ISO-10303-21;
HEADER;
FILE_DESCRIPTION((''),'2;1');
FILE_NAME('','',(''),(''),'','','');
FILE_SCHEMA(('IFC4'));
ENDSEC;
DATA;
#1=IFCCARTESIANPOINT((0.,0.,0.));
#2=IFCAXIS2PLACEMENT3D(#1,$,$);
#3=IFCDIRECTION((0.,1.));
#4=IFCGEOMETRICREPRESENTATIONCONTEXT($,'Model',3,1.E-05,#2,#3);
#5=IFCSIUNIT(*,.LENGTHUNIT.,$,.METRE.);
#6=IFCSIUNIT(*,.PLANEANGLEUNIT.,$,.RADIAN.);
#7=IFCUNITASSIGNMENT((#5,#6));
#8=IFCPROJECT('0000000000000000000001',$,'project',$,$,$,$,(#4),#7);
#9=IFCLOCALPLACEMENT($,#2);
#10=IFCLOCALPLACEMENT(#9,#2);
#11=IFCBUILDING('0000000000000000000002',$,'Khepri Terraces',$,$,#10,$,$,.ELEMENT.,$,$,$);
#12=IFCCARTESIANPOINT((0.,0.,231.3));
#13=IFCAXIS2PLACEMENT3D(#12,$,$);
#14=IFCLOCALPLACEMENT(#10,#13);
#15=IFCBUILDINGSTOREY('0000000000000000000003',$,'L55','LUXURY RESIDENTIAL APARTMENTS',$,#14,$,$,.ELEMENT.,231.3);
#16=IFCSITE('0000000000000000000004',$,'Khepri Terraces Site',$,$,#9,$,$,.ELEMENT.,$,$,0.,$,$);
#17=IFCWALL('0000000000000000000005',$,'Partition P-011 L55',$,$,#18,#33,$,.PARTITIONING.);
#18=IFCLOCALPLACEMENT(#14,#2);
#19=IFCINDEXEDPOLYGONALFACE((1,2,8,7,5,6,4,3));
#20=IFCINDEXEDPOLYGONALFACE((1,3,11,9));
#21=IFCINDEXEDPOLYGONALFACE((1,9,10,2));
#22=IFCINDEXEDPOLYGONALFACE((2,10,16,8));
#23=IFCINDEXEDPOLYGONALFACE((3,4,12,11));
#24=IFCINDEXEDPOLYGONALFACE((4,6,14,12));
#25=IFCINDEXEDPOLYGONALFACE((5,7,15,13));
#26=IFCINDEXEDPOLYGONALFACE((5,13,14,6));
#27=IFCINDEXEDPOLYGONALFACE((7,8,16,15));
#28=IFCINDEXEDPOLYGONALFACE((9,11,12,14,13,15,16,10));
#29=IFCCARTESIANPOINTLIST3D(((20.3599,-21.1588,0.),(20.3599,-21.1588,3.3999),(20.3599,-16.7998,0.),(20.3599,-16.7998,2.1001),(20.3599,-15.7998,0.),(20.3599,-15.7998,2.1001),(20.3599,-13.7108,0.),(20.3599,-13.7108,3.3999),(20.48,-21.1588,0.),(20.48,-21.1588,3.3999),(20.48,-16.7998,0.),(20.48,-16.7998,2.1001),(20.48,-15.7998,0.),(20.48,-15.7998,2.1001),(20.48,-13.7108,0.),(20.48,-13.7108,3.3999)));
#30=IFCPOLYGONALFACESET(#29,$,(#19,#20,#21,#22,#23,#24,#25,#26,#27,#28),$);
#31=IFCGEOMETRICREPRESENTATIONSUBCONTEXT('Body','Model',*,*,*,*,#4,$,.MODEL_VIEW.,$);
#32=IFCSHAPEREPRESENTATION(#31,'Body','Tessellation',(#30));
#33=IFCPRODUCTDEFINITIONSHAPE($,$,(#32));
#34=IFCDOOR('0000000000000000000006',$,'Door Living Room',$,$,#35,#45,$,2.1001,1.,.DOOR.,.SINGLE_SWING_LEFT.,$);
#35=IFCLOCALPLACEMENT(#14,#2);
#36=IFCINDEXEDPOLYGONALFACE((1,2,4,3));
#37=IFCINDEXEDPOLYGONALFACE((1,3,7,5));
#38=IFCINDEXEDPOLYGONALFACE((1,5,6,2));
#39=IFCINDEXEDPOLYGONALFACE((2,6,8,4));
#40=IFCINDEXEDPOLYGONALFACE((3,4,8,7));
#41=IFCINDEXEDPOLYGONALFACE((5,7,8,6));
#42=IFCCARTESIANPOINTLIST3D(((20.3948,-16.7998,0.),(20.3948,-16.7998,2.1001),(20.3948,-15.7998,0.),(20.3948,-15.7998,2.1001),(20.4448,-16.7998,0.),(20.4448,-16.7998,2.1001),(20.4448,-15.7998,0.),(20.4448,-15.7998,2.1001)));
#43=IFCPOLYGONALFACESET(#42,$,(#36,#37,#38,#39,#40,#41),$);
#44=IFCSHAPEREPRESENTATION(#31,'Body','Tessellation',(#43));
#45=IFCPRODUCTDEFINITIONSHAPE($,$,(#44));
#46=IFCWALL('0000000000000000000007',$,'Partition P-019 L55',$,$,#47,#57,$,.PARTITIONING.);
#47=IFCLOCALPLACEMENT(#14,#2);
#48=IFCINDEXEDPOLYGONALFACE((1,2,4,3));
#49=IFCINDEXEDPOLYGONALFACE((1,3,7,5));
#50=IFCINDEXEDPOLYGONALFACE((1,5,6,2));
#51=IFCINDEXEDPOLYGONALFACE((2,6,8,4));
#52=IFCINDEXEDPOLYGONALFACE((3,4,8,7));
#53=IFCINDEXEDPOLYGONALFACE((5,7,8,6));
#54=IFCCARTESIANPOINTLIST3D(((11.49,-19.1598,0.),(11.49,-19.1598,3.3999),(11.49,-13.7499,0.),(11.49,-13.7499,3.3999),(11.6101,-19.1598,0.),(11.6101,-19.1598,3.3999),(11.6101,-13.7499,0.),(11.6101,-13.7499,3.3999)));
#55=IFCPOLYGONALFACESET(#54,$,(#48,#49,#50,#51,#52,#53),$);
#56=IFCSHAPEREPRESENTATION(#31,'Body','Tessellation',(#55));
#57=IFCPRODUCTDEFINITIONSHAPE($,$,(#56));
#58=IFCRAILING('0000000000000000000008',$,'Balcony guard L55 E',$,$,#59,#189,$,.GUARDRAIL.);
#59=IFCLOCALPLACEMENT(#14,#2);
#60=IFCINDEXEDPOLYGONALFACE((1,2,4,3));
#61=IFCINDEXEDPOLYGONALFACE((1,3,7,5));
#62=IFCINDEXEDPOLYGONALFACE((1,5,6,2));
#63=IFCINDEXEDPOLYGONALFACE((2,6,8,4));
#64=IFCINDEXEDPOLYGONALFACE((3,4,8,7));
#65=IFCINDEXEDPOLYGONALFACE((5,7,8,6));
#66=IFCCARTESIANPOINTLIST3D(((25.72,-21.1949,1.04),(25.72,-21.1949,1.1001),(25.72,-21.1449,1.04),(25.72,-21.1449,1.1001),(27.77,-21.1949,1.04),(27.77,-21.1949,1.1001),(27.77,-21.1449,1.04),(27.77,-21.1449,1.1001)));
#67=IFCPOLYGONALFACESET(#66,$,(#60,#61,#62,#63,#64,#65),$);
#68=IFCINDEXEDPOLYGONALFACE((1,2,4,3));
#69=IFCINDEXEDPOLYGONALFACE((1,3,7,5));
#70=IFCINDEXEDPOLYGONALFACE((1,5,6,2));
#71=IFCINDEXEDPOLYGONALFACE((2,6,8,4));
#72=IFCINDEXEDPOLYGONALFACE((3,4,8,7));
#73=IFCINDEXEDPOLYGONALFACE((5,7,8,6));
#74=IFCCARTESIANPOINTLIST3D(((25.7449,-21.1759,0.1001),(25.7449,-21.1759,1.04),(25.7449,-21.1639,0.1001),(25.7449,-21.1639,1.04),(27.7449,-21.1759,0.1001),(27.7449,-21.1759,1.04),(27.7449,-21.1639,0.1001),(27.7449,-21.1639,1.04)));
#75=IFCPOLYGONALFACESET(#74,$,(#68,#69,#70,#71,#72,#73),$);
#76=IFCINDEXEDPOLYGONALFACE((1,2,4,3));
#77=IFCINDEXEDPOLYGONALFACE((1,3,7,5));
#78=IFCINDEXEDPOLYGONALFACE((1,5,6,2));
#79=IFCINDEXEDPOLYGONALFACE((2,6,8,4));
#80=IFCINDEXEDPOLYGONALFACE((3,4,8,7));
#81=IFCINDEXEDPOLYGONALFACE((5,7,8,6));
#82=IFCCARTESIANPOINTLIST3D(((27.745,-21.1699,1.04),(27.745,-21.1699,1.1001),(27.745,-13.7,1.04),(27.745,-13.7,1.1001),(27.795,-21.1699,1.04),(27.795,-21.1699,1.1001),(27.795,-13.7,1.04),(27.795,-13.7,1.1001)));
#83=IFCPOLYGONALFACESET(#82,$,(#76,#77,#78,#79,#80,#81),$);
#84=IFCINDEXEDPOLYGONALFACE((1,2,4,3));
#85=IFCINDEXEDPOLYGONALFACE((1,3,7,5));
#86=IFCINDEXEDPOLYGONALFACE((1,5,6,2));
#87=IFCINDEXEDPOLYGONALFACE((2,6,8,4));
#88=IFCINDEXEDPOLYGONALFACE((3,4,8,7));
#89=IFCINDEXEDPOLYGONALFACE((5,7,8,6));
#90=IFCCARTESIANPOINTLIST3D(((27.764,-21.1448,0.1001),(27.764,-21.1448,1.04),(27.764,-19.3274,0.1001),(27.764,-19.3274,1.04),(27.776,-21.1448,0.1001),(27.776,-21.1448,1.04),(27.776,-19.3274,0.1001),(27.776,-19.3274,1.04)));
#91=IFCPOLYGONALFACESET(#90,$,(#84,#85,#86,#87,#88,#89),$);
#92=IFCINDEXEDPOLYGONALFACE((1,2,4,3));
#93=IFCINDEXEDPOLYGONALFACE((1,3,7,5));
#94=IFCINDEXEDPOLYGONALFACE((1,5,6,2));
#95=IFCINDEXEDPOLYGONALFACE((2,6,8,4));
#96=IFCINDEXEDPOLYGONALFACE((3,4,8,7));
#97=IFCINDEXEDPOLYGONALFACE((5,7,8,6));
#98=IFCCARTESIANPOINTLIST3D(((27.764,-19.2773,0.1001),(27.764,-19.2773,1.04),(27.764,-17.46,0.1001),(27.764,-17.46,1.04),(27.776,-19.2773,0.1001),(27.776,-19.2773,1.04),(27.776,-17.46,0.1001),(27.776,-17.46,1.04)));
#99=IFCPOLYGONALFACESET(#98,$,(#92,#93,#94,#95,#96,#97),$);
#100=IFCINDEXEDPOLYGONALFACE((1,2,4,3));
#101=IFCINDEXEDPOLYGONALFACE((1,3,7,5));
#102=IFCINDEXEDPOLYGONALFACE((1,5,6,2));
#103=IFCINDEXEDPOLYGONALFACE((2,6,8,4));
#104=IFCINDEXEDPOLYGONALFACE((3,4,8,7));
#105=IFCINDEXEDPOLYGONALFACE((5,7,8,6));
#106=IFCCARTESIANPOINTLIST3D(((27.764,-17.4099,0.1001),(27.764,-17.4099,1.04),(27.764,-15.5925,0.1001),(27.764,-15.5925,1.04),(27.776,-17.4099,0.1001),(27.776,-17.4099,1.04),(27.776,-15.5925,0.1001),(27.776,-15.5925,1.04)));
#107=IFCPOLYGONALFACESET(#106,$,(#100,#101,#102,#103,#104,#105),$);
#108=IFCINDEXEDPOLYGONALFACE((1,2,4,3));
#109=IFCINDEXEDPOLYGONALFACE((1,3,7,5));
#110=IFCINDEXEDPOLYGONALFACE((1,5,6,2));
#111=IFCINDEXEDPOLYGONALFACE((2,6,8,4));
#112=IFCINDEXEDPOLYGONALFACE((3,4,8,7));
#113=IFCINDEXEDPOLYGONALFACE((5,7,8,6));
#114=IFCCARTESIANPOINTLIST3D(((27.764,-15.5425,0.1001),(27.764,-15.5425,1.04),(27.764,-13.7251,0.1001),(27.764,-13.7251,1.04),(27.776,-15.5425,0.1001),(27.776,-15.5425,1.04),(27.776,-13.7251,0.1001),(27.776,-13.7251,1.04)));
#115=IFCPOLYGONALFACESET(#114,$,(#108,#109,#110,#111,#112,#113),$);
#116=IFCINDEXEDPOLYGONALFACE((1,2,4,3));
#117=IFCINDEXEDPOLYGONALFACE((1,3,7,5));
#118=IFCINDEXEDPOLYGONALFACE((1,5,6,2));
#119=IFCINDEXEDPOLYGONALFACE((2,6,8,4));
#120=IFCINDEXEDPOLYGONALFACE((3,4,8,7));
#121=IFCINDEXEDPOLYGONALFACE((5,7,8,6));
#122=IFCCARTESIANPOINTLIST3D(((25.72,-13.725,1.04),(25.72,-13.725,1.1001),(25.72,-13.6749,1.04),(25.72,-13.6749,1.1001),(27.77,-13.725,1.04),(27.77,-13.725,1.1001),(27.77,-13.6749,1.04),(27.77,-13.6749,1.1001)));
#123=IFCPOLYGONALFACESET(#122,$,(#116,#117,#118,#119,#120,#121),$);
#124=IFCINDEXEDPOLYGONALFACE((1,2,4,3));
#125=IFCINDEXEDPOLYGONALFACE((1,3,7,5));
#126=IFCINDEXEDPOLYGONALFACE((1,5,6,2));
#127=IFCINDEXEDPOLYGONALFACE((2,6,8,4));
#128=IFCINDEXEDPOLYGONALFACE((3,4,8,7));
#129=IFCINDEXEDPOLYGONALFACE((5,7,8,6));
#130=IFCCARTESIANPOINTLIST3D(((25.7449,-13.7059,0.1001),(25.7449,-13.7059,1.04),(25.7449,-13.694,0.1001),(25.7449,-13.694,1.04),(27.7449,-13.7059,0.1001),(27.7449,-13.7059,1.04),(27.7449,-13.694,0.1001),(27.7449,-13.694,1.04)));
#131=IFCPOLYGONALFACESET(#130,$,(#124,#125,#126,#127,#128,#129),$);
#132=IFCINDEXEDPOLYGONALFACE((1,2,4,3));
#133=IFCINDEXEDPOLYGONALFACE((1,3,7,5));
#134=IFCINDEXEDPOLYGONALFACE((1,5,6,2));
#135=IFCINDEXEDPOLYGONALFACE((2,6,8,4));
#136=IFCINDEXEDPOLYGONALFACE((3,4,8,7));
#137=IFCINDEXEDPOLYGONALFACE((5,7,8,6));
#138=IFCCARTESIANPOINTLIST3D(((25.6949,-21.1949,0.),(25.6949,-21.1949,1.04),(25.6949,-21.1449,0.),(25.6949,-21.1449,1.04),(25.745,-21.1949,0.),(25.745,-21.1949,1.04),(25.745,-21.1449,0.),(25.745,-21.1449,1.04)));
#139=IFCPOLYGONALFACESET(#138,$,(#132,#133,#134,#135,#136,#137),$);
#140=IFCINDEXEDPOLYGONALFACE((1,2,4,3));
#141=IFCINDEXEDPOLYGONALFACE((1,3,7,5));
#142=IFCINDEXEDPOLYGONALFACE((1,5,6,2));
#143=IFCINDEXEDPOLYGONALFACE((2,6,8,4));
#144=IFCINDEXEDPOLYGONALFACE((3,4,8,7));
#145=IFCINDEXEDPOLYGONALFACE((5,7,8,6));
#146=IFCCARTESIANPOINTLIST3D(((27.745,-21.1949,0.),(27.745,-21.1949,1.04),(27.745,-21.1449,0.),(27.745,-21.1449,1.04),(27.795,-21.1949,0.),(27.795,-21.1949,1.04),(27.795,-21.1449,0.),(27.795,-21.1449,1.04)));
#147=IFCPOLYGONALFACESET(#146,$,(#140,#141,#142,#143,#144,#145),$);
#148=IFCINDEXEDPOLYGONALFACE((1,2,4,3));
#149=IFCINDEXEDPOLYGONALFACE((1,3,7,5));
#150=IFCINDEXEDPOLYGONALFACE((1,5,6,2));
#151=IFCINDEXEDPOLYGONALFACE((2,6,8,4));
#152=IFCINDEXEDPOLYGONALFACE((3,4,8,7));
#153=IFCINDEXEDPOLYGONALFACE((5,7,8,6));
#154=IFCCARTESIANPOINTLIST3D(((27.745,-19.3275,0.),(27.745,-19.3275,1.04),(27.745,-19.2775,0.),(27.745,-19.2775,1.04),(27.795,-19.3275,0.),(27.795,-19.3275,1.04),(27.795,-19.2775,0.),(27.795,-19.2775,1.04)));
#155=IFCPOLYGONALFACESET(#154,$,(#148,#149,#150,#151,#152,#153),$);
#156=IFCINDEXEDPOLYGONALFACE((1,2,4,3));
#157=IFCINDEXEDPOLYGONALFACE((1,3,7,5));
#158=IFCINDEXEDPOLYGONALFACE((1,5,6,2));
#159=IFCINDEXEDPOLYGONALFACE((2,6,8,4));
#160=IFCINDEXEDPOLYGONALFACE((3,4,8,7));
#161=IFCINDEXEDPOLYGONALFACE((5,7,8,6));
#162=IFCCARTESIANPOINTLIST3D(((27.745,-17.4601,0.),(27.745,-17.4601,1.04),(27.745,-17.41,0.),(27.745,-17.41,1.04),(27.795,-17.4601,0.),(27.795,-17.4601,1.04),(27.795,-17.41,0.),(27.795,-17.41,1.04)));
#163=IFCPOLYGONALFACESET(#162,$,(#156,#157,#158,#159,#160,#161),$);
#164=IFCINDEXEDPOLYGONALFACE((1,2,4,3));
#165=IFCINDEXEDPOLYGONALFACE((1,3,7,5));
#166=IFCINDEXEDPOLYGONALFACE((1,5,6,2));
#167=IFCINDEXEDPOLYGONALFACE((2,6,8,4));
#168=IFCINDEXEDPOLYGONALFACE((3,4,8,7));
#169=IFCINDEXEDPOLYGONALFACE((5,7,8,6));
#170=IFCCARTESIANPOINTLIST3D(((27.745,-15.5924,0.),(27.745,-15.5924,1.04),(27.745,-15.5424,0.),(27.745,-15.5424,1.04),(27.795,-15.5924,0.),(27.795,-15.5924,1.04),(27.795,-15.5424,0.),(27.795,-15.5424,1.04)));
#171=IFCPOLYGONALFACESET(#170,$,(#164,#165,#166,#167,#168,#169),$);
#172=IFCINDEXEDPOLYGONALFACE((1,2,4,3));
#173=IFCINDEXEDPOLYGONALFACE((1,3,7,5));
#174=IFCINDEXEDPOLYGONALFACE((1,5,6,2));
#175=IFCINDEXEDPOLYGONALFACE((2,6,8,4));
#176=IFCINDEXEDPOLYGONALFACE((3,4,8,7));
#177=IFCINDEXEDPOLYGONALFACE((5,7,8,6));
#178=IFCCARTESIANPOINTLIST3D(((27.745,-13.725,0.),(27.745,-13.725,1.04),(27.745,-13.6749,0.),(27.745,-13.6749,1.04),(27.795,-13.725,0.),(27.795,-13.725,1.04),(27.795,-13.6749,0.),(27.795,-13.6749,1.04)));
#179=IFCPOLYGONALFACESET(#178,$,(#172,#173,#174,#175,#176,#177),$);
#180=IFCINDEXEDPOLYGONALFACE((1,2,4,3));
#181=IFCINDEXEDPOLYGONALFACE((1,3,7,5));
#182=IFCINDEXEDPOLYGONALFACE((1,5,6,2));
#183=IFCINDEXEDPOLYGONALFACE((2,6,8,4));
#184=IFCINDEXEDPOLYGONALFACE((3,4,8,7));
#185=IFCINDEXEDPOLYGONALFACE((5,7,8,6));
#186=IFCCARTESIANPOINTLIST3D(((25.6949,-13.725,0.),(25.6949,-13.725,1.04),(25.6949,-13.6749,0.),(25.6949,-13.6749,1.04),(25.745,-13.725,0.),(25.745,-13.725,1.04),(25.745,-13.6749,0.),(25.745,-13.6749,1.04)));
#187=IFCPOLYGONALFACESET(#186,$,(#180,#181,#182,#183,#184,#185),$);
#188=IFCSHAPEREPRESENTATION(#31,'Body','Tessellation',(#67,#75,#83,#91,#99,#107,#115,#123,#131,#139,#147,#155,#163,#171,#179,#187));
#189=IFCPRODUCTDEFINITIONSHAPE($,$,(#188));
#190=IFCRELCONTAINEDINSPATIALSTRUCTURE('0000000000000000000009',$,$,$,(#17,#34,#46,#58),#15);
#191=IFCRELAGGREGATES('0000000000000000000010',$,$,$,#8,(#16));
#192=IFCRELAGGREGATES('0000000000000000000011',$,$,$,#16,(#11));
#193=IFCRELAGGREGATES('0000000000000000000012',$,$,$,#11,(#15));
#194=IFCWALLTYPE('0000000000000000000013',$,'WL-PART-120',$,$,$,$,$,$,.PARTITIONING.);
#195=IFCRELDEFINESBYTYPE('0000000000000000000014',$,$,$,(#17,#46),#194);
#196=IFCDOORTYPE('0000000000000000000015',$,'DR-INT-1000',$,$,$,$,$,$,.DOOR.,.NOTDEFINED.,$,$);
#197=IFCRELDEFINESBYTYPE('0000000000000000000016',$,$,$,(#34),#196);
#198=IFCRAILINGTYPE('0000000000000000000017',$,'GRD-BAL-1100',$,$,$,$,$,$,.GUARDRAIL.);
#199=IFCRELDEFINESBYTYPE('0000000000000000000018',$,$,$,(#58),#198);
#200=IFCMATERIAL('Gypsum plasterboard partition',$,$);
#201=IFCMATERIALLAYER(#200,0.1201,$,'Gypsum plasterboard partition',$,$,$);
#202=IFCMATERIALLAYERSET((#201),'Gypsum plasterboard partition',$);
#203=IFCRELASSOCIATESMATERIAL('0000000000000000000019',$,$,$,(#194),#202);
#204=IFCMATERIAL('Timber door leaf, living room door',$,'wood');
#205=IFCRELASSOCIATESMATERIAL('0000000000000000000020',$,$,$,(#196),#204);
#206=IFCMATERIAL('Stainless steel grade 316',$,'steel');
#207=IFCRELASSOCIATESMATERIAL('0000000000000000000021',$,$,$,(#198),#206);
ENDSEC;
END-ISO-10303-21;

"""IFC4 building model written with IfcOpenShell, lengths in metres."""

from ifc_helpers import new_model, si_unit, direction, frame, frame_2d, origin, origin_2d, place, context, subcontext, project, spatial, rectangle, extrude, material, layer, layer_set, type_object, element, fill, save


model = new_model("IFC4")

# Units and contexts
model_context = context("Model", 3, precision=1e-05, world=origin(), true_north=direction((0.0, 1.0)))
body_context = subcontext(model_context, "Body", "Model", "MODEL_VIEW")
ifc_project = project(units=[si_unit("LENGTHUNIT", "METRE"), si_unit("PLANEANGLEUNIT", "RADIAN")], contexts=[model_context])

# Site, building, storey
site_placement = place(None, origin())
site = spatial("IfcSite", under=ifc_project, at=site_placement, Name="Khepri Terraces Site", CompositionType="ELEMENT", RefElevation=0.0)
building_placement = place(site_placement, origin())
building = spatial("IfcBuilding", under=site, at=building_placement, Name="Khepri Terraces", CompositionType="ELEMENT")
storey_placement = place(building_placement, frame((0.0, 0.0, 231.3)))
storey = spatial("IfcBuildingStorey", under=building, at=storey_placement, Name="L55", Description="LUXURY RESIDENTIAL APARTMENTS", CompositionType="ELEMENT", Elevation=231.3)

# Shared definitions
ifc_material_1 = material(Name="Gypsum plasterboard partition")
ifc_layer_1 = layer(ifc_material_1, 0.1201, Name="Gypsum plasterboard partition")
ifc_layer_set_1 = layer_set([ifc_layer_1], Name="Gypsum plasterboard partition")
wall_type_1 = type_object("IfcWallType", Name="WL-PART-120", PredefinedType="PARTITIONING", material=ifc_layer_set_1)

# Wall, opening, door
wall_1_placement = place(storey_placement, frame((20.4199, -21.1589, 0.0), z_axis=(0.0, 0.0, 1.0), x_axis=(0.0, 1.0, 0.0)))
wall_1 = element("IfcWall", 1, at=wall_1_placement, inside=storey, type_object=wall_type_1, Name="Partition P-011 L55", PredefinedType="PARTITIONING", context=body_context, shape_type="SweptSolid", body=[
    extrude(rectangle(XDim=7.448, YDim=0.1201, at=frame_2d((3.7241, 0.0))), origin(), (0.0, 0.0, 1.0), 3.3999),
])
opening_1_placement = place(wall_1_placement, frame((4.3591, 0.0, 0.0)))
opening_1 = element("IfcOpeningElement", 2, at=opening_1_placement, cuts=wall_1, PredefinedType="OPENING", context=body_context, shape_type="SweptSolid", body=[
    extrude(rectangle(XDim=1.0, YDim=2.1001, at=frame_2d((0.5, 1.05))), frame((0.0, 0.0701, 0.0), z_axis=(0.0, -1.0, 0.0), x_axis=(1.0, 0.0, 0.0)), (0.0, 0.0, 1.0), 0.1401),
])
ifc_material_2 = material(Name="Timber door leaf, living room door", Category="wood")
door_type_1 = type_object("IfcDoorType", Name="DR-INT-1000", OperationType="NOTDEFINED", PredefinedType="DOOR", material=ifc_material_2)
door_1_placement = place(opening_1_placement, frame((1.0, 0.0, 0.0), z_axis=(0.0, 0.0, 1.0), x_axis=(-1.0, 0.0, 0.0)))
door_1 = element("IfcDoor", 3, at=door_1_placement, inside=storey, type_object=door_type_1, Name="Door Living Room", OperationType="SINGLE_SWING_LEFT", OverallHeight=2.1001, OverallWidth=1.0, PredefinedType="DOOR", context=body_context, shape_type="SweptSolid", body=[
    extrude(rectangle(XDim=1.0, YDim=2.1001, at=frame_2d((0.5, 1.05))), frame((0.0, 0.0249, 0.0), z_axis=(0.0, -1.0, 0.0), x_axis=(1.0, 0.0, 0.0)), (0.0, 0.0, 1.0), 0.05),
])
fill(opening_1, door_1)

# Wall
wall_2_placement = place(storey_placement, frame((11.55, -19.1599, 0.0), z_axis=(0.0, 0.0, 1.0), x_axis=(0.0, 1.0, 0.0)))
element("IfcWall", 4, at=wall_2_placement, inside=storey, type_object=wall_type_1, Name="Partition P-019 L55", PredefinedType="PARTITIONING", context=body_context, shape_type="SweptSolid", body=[
    extrude(rectangle(XDim=5.4099, YDim=0.1201, at=frame_2d((2.7051, 0.0))), origin(), (0.0, 0.0, 1.0), 3.3999),
])

# Railing
ifc_material_3 = material(Name="Stainless steel grade 316", Category="steel")
railing_type = type_object("IfcRailingType", Name="GRD-BAL-1100", PredefinedType="GUARDRAIL", material=ifc_material_3)
railing_placement = place(storey_placement, frame((25.72, -21.1699, 0.0)))
element("IfcRailing", 5, at=railing_placement, inside=storey, type_object=railing_type, Name="Balcony guard L55 E", PredefinedType="GUARDRAIL", context=body_context, shape_type="SweptSolid", body=[
    extrude(rectangle(XDim=0.05, YDim=0.0601, at=origin_2d()), frame((0.0, 0.0, 1.0701), z_axis=(1.0, 0.0, 0.0), x_axis=(0.0, 1.0, 0.0)), (0.0, 0.0, 1.0), 2.05),
    extrude(rectangle(XDim=2.0, YDim=0.012, at=origin_2d()), frame((1.0249, 0.0, 0.1001), z_axis=(0.0, 0.0, 1.0), x_axis=(1.0, 0.0, 0.0)), (0.0, 0.0, 1.0), 0.9399),
    extrude(rectangle(XDim=0.05, YDim=0.0601, at=origin_2d()), frame((2.05, 0.0, 1.0701), z_axis=(0.0, 1.0, 0.0), x_axis=(-1.0, 0.0, 0.0)), (0.0, 0.0, 1.0), 7.47),
    extrude(rectangle(XDim=1.8174, YDim=0.012, at=origin_2d()), frame((2.05, 0.9338, 0.1001), z_axis=(0.0, 0.0, 1.0), x_axis=(0.0, 1.0, 0.0)), (0.0, 0.0, 1.0), 0.9399),
    extrude(rectangle(XDim=1.8174, YDim=0.012, at=origin_2d()), frame((2.05, 2.8013, 0.1001), z_axis=(0.0, 0.0, 1.0), x_axis=(0.0, 1.0, 0.0)), (0.0, 0.0, 1.0), 0.9399),
    extrude(rectangle(XDim=1.8174, YDim=0.012, at=origin_2d()), frame((2.05, 4.6687, 0.1001), z_axis=(0.0, 0.0, 1.0), x_axis=(0.0, 1.0, 0.0)), (0.0, 0.0, 1.0), 0.9399),
    extrude(rectangle(XDim=1.8174, YDim=0.012, at=origin_2d()), frame((2.05, 6.5361, 0.1001), z_axis=(0.0, 0.0, 1.0), x_axis=(0.0, 1.0, 0.0)), (0.0, 0.0, 1.0), 0.9399),
    extrude(rectangle(XDim=0.05, YDim=0.0601, at=origin_2d()), frame((2.05, 7.47, 1.0701), z_axis=(-1.0, 0.0, 0.0), x_axis=(0.0, -1.0, 0.0)), (0.0, 0.0, 1.0), 2.05),
    extrude(rectangle(XDim=2.0, YDim=0.012, at=origin_2d()), frame((1.0249, 7.47, 0.1001), z_axis=(0.0, 0.0, 1.0), x_axis=(-1.0, 0.0, 0.0)), (0.0, 0.0, 1.0), 0.9399),
    extrude(rectangle(XDim=0.05, YDim=0.05, at=origin_2d()), origin(), (0.0, 0.0, 1.0), 1.04),
    extrude(rectangle(XDim=0.05, YDim=0.05, at=origin_2d()), frame((2.05, 0.0, 0.0)), (0.0, 0.0, 1.0), 1.04),
    extrude(rectangle(XDim=0.05, YDim=0.05, at=origin_2d()), frame((2.05, 1.8674, 0.0)), (0.0, 0.0, 1.0), 1.04),
    extrude(rectangle(XDim=0.05, YDim=0.05, at=origin_2d()), frame((2.05, 3.7349, 0.0)), (0.0, 0.0, 1.0), 1.04),
    extrude(rectangle(XDim=0.05, YDim=0.05, at=origin_2d()), frame((2.05, 5.6025, 0.0)), (0.0, 0.0, 1.0), 1.04),
    extrude(rectangle(XDim=0.05, YDim=0.05, at=origin_2d()), frame((2.05, 7.47, 0.0)), (0.0, 0.0, 1.0), 1.04),
    extrude(rectangle(XDim=0.05, YDim=0.05, at=origin_2d()), frame((0.0, 7.47, 0.0)), (0.0, 0.0, 1.0), 1.04),
])

save(model, "model.ifc")
